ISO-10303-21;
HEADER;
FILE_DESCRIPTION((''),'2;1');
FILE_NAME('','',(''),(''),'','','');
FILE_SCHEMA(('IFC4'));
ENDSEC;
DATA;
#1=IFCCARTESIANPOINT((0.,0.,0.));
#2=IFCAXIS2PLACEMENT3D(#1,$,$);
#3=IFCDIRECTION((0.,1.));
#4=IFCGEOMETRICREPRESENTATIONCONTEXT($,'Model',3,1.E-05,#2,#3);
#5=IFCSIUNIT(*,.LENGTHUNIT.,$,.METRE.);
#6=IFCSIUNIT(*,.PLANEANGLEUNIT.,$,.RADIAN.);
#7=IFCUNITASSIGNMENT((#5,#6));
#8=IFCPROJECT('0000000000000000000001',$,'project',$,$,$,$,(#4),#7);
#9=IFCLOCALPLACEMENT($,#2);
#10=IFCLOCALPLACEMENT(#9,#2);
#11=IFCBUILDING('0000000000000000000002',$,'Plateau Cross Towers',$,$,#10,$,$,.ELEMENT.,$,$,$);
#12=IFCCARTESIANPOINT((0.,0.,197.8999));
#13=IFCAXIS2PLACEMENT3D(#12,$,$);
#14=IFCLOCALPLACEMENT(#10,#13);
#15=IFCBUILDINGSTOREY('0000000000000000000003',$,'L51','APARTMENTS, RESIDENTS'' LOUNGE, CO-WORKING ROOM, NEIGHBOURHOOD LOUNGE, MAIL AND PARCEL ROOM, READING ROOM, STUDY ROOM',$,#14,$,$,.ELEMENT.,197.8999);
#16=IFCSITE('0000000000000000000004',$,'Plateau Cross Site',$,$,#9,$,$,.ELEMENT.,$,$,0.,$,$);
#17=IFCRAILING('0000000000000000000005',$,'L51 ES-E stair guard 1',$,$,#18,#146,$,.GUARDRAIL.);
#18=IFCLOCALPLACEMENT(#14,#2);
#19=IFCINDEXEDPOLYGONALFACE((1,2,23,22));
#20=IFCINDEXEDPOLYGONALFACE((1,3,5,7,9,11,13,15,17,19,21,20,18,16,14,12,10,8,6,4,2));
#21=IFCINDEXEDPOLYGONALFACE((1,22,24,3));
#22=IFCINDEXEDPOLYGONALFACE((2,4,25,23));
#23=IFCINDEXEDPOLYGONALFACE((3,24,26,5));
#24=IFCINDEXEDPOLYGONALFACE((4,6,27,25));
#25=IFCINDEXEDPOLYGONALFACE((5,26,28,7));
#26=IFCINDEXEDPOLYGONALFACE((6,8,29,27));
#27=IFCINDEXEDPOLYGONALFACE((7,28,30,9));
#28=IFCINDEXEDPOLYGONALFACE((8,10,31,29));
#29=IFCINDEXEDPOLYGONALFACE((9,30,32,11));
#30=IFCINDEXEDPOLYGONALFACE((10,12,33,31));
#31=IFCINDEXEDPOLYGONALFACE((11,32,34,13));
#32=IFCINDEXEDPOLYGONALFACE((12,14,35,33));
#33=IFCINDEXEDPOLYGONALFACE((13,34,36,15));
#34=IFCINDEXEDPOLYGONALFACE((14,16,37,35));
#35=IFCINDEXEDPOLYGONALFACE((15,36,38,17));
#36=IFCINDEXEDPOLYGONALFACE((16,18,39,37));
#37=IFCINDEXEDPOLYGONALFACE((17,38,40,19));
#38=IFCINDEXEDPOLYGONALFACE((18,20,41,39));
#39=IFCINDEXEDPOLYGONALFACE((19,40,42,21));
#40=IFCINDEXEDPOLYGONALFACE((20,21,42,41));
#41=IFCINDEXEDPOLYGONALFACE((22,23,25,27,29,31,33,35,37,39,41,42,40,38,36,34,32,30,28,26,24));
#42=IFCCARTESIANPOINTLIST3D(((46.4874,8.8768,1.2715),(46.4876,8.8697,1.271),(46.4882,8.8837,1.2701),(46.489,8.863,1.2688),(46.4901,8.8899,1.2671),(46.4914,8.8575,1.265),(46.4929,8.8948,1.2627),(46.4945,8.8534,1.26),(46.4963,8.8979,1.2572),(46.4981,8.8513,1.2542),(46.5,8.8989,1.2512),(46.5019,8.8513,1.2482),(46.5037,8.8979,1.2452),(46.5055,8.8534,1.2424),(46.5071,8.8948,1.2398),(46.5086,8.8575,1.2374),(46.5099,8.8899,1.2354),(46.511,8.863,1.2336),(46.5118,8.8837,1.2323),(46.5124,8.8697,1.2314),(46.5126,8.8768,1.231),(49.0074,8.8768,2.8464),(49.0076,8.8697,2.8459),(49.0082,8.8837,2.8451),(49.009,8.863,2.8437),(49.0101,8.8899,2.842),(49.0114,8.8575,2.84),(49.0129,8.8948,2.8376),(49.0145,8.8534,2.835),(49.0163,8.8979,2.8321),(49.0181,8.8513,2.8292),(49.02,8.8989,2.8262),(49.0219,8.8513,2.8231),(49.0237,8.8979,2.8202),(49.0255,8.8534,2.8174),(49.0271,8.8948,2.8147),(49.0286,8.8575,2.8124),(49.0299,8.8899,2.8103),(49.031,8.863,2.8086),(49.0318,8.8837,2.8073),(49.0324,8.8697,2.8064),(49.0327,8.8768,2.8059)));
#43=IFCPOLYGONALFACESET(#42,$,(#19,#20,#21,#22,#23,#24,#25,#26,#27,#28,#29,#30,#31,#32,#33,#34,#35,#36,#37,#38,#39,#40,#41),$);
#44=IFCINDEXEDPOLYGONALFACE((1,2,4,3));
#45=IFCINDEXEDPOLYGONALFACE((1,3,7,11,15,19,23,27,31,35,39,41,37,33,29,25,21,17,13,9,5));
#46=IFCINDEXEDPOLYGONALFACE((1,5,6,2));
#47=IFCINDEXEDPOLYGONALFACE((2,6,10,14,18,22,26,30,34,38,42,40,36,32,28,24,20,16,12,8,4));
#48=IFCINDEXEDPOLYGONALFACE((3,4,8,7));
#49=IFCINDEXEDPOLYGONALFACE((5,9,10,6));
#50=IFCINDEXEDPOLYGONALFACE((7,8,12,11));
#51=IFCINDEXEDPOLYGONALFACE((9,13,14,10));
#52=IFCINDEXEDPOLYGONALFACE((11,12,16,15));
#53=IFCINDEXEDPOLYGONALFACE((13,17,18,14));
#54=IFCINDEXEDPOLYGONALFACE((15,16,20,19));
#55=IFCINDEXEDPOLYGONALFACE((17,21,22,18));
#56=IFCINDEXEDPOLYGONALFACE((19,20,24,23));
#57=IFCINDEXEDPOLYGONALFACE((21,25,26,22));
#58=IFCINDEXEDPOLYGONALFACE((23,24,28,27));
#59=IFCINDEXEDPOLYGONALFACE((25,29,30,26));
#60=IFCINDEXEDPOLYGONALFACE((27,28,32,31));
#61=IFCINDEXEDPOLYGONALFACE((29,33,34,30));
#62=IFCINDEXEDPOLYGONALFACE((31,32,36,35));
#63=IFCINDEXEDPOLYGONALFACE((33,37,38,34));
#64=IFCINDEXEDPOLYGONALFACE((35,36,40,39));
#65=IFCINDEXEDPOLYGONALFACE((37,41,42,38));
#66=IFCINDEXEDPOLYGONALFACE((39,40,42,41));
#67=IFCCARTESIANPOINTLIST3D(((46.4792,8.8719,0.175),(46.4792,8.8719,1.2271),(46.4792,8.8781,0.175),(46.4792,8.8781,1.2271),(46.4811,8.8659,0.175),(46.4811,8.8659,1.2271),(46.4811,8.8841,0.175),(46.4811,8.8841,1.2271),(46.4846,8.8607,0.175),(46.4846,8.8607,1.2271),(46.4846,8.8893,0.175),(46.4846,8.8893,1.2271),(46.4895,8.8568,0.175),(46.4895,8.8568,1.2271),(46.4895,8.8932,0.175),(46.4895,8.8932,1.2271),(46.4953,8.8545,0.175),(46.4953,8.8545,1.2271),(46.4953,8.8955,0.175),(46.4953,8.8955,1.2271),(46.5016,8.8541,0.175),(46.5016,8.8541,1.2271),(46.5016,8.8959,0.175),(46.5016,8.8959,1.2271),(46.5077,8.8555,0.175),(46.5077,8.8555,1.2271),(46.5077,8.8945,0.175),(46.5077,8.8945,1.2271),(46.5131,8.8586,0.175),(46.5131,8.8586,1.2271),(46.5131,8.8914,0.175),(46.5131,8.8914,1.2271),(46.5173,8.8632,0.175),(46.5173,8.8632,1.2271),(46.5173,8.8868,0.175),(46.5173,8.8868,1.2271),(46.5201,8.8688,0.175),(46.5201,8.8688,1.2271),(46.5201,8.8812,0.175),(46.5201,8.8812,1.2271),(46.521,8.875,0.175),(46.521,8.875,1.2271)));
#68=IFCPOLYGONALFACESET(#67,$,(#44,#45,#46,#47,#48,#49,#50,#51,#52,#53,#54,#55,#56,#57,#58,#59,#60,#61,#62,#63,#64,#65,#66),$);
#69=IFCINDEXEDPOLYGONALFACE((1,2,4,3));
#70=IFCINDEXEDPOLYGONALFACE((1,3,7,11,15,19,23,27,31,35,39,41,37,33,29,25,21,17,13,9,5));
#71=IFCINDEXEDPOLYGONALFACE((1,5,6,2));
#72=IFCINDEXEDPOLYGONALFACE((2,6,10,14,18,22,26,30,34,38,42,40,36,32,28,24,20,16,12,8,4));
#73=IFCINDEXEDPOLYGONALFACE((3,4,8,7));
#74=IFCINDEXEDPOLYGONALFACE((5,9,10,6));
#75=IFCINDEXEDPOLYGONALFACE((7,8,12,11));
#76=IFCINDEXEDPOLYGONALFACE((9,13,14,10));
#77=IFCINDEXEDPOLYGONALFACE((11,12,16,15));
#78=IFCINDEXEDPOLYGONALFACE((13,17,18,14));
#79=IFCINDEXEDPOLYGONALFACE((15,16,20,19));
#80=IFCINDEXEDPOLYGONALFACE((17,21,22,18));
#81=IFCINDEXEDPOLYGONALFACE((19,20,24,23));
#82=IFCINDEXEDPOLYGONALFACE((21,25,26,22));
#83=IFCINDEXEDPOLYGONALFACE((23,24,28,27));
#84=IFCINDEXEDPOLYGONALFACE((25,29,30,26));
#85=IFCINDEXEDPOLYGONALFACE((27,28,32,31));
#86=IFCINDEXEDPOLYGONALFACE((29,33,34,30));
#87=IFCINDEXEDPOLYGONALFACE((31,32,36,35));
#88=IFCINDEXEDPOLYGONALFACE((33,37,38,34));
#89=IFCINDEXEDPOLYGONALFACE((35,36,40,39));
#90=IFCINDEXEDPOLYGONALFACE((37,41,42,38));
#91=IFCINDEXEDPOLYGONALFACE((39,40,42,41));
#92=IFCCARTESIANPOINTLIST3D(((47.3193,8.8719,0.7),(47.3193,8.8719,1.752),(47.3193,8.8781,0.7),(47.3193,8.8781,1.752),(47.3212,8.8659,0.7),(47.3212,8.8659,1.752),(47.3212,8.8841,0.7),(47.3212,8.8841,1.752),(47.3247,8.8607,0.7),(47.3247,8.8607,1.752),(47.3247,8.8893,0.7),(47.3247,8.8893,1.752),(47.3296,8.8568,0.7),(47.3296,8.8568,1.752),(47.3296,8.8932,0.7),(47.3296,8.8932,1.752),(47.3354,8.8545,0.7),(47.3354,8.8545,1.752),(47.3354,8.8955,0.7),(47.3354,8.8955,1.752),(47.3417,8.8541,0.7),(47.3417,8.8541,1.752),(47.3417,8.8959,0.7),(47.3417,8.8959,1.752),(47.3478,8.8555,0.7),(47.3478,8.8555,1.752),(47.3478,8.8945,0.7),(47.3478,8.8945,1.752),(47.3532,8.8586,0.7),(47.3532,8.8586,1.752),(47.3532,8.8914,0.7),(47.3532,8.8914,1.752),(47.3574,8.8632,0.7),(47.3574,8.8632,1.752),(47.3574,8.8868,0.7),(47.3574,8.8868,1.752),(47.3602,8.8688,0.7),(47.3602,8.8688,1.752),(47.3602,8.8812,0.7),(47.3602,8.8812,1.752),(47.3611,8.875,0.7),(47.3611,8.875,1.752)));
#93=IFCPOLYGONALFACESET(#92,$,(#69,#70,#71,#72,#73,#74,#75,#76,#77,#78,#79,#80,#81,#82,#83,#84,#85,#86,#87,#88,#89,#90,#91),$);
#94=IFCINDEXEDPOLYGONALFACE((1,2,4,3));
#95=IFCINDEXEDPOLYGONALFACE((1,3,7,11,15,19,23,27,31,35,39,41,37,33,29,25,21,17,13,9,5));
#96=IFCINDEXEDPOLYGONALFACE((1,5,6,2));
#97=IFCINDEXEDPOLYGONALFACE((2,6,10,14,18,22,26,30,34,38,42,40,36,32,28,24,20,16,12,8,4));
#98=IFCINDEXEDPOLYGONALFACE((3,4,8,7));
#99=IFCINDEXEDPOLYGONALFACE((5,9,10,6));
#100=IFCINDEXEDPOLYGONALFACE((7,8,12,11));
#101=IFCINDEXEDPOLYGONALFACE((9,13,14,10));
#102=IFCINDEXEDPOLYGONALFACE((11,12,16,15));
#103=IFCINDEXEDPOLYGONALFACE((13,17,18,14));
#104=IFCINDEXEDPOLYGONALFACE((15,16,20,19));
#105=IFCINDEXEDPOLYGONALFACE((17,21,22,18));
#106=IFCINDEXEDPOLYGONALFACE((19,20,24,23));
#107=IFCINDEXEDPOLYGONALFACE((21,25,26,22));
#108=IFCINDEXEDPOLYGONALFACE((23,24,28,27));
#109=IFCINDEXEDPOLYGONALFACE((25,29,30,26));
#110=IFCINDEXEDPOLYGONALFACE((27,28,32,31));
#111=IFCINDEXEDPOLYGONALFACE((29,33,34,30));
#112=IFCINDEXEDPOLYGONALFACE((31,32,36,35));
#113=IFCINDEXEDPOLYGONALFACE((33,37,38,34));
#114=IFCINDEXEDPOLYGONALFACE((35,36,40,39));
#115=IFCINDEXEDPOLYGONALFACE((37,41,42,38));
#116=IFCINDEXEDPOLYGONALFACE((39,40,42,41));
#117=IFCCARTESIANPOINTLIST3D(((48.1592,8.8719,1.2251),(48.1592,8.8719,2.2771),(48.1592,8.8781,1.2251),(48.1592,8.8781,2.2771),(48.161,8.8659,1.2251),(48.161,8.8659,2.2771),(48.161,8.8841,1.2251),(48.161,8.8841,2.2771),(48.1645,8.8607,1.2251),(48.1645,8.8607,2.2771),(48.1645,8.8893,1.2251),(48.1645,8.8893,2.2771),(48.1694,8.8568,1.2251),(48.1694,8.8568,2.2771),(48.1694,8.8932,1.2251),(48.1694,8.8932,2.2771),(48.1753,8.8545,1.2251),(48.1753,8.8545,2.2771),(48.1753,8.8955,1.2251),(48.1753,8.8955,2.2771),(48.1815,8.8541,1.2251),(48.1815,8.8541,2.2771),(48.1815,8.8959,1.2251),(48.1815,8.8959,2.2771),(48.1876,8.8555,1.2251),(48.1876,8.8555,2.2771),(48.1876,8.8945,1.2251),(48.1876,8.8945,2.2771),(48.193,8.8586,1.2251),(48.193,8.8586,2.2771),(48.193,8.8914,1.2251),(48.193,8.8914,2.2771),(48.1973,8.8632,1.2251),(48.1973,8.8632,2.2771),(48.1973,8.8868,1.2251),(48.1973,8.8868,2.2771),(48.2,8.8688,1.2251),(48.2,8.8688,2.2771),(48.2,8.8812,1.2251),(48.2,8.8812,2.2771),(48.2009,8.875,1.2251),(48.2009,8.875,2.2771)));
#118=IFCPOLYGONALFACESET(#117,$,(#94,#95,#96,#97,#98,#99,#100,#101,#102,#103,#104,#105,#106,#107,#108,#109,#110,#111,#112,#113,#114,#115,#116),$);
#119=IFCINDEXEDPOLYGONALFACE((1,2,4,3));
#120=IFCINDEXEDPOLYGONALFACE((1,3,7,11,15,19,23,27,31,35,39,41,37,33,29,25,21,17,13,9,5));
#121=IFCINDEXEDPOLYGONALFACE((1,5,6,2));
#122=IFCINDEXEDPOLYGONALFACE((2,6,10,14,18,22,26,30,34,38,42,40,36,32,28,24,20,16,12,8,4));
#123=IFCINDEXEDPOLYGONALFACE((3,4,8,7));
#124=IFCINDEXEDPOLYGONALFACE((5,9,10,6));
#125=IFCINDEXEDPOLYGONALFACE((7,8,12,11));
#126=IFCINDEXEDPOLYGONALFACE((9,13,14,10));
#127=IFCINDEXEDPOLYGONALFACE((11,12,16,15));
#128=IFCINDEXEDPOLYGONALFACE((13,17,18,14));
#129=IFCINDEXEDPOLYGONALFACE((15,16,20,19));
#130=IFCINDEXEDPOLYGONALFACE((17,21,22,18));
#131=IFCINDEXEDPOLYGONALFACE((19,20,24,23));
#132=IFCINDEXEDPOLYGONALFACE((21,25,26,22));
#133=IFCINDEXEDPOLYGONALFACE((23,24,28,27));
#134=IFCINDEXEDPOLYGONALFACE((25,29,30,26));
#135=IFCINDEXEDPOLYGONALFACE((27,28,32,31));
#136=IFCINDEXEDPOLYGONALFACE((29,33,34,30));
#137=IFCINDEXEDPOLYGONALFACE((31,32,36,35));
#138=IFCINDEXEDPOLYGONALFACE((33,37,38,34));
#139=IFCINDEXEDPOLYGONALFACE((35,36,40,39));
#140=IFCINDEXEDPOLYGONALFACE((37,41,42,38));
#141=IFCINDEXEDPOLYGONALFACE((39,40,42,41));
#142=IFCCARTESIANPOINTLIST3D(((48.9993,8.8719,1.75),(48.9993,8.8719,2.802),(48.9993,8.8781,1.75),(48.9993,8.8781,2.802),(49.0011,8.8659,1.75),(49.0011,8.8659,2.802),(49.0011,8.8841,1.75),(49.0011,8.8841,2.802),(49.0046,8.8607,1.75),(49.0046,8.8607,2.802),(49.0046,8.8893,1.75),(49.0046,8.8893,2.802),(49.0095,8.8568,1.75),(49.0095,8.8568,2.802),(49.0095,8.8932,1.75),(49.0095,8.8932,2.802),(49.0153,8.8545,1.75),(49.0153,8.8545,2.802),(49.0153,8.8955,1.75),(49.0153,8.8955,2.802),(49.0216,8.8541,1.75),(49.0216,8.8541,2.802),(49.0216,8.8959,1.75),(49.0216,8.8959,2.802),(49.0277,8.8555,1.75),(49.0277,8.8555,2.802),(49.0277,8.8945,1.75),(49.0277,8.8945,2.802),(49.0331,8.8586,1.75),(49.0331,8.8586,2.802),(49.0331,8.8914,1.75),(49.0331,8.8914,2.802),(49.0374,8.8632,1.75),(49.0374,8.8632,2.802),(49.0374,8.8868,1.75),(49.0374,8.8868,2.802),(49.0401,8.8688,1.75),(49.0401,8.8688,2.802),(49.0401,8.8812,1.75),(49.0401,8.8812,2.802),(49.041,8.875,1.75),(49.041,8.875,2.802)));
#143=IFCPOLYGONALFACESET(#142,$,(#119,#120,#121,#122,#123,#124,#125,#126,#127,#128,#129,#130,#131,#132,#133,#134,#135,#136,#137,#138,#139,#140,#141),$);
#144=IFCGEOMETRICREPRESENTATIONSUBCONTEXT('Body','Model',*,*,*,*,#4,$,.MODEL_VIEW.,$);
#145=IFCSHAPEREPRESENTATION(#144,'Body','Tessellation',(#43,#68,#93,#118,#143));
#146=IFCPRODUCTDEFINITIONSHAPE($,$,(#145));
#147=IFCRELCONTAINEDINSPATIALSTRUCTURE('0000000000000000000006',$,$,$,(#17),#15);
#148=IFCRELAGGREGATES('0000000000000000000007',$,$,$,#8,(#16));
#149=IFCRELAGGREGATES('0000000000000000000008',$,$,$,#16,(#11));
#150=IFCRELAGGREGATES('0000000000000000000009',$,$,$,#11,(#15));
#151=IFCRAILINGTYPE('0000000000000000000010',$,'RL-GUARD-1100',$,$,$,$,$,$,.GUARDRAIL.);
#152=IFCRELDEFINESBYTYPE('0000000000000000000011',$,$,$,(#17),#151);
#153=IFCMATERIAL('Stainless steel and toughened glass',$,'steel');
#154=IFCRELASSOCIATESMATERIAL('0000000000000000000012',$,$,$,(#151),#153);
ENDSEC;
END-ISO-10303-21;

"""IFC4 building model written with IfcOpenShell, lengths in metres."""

from ifc_helpers import new_model, si_unit, direction, frame, origin, origin_2d, place, context, subcontext, project, spatial, circle, extrude, material, type_object, element, save


model = new_model("IFC4")

# Units and contexts
model_context = context("Model", 3, precision=1e-05, world=origin(), true_north=direction((0.0, 1.0)))
body_context = subcontext(model_context, "Body", "Model", "MODEL_VIEW")
ifc_project = project(units=[si_unit("LENGTHUNIT", "METRE"), si_unit("PLANEANGLEUNIT", "RADIAN")], contexts=[model_context])

# Site, building, storey
site_placement = place(None, origin())
site = spatial("IfcSite", under=ifc_project, at=site_placement, Name="Plateau Cross Site", CompositionType="ELEMENT", RefElevation=0.0)
building_placement = place(site_placement, origin())
building = spatial("IfcBuilding", under=site, at=building_placement, Name="Plateau Cross Towers", CompositionType="ELEMENT")
storey_placement = place(building_placement, frame((0.0, 0.0, 197.8999)))
storey = spatial("IfcBuildingStorey", under=building, at=storey_placement, Name="L51", Description="APARTMENTS, RESIDENTS' LOUNGE, CO-WORKING ROOM, NEIGHBOURHOOD LOUNGE, MAIL AND PARCEL ROOM, READING ROOM, STUDY ROOM", CompositionType="ELEMENT", Elevation=197.8999)

# Railing
ifc_material_1 = material(Name="Stainless steel and toughened glass", Category="steel")
railing_type_1 = type_object("IfcRailingType", Name="RL-GUARD-1100", PredefinedType="GUARDRAIL", material=ifc_material_1)
railing_1_placement = place(storey_placement, frame((46.5, 8.875, 0.175)))
element("IfcRailing", 1, at=railing_1_placement, inside=storey, type_object=railing_type_1, Name="L51 ES-E stair guard 1", PredefinedType="GUARDRAIL", context=body_context, shape_type="SweptSolid", body=[
    extrude(circle(Radius=0.0239, at=origin_2d()), frame((0.0, 0.0, 1.0762), z_axis=(0.848008, 0.0, 0.529984), x_axis=(0.0, 1.0, 0.0)), (0.0, 0.0, 1.0), 2.9717),
    extrude(circle(Radius=0.021, at=origin_2d()), origin(), (0.0, 0.0, 1.0), 1.052),
    extrude(circle(Radius=0.021, at=origin_2d()), frame((0.8401, 0.0, 0.5249)), (0.0, 0.0, 1.0), 1.052),
    extrude(circle(Radius=0.021, at=origin_2d()), frame((1.6799, 0.0, 1.05)), (0.0, 0.0, 1.0), 1.052),
    extrude(circle(Radius=0.021, at=origin_2d()), frame((2.52, 0.0, 1.575)), (0.0, 0.0, 1.0), 1.052),
])

save(model, "model.ifc")
